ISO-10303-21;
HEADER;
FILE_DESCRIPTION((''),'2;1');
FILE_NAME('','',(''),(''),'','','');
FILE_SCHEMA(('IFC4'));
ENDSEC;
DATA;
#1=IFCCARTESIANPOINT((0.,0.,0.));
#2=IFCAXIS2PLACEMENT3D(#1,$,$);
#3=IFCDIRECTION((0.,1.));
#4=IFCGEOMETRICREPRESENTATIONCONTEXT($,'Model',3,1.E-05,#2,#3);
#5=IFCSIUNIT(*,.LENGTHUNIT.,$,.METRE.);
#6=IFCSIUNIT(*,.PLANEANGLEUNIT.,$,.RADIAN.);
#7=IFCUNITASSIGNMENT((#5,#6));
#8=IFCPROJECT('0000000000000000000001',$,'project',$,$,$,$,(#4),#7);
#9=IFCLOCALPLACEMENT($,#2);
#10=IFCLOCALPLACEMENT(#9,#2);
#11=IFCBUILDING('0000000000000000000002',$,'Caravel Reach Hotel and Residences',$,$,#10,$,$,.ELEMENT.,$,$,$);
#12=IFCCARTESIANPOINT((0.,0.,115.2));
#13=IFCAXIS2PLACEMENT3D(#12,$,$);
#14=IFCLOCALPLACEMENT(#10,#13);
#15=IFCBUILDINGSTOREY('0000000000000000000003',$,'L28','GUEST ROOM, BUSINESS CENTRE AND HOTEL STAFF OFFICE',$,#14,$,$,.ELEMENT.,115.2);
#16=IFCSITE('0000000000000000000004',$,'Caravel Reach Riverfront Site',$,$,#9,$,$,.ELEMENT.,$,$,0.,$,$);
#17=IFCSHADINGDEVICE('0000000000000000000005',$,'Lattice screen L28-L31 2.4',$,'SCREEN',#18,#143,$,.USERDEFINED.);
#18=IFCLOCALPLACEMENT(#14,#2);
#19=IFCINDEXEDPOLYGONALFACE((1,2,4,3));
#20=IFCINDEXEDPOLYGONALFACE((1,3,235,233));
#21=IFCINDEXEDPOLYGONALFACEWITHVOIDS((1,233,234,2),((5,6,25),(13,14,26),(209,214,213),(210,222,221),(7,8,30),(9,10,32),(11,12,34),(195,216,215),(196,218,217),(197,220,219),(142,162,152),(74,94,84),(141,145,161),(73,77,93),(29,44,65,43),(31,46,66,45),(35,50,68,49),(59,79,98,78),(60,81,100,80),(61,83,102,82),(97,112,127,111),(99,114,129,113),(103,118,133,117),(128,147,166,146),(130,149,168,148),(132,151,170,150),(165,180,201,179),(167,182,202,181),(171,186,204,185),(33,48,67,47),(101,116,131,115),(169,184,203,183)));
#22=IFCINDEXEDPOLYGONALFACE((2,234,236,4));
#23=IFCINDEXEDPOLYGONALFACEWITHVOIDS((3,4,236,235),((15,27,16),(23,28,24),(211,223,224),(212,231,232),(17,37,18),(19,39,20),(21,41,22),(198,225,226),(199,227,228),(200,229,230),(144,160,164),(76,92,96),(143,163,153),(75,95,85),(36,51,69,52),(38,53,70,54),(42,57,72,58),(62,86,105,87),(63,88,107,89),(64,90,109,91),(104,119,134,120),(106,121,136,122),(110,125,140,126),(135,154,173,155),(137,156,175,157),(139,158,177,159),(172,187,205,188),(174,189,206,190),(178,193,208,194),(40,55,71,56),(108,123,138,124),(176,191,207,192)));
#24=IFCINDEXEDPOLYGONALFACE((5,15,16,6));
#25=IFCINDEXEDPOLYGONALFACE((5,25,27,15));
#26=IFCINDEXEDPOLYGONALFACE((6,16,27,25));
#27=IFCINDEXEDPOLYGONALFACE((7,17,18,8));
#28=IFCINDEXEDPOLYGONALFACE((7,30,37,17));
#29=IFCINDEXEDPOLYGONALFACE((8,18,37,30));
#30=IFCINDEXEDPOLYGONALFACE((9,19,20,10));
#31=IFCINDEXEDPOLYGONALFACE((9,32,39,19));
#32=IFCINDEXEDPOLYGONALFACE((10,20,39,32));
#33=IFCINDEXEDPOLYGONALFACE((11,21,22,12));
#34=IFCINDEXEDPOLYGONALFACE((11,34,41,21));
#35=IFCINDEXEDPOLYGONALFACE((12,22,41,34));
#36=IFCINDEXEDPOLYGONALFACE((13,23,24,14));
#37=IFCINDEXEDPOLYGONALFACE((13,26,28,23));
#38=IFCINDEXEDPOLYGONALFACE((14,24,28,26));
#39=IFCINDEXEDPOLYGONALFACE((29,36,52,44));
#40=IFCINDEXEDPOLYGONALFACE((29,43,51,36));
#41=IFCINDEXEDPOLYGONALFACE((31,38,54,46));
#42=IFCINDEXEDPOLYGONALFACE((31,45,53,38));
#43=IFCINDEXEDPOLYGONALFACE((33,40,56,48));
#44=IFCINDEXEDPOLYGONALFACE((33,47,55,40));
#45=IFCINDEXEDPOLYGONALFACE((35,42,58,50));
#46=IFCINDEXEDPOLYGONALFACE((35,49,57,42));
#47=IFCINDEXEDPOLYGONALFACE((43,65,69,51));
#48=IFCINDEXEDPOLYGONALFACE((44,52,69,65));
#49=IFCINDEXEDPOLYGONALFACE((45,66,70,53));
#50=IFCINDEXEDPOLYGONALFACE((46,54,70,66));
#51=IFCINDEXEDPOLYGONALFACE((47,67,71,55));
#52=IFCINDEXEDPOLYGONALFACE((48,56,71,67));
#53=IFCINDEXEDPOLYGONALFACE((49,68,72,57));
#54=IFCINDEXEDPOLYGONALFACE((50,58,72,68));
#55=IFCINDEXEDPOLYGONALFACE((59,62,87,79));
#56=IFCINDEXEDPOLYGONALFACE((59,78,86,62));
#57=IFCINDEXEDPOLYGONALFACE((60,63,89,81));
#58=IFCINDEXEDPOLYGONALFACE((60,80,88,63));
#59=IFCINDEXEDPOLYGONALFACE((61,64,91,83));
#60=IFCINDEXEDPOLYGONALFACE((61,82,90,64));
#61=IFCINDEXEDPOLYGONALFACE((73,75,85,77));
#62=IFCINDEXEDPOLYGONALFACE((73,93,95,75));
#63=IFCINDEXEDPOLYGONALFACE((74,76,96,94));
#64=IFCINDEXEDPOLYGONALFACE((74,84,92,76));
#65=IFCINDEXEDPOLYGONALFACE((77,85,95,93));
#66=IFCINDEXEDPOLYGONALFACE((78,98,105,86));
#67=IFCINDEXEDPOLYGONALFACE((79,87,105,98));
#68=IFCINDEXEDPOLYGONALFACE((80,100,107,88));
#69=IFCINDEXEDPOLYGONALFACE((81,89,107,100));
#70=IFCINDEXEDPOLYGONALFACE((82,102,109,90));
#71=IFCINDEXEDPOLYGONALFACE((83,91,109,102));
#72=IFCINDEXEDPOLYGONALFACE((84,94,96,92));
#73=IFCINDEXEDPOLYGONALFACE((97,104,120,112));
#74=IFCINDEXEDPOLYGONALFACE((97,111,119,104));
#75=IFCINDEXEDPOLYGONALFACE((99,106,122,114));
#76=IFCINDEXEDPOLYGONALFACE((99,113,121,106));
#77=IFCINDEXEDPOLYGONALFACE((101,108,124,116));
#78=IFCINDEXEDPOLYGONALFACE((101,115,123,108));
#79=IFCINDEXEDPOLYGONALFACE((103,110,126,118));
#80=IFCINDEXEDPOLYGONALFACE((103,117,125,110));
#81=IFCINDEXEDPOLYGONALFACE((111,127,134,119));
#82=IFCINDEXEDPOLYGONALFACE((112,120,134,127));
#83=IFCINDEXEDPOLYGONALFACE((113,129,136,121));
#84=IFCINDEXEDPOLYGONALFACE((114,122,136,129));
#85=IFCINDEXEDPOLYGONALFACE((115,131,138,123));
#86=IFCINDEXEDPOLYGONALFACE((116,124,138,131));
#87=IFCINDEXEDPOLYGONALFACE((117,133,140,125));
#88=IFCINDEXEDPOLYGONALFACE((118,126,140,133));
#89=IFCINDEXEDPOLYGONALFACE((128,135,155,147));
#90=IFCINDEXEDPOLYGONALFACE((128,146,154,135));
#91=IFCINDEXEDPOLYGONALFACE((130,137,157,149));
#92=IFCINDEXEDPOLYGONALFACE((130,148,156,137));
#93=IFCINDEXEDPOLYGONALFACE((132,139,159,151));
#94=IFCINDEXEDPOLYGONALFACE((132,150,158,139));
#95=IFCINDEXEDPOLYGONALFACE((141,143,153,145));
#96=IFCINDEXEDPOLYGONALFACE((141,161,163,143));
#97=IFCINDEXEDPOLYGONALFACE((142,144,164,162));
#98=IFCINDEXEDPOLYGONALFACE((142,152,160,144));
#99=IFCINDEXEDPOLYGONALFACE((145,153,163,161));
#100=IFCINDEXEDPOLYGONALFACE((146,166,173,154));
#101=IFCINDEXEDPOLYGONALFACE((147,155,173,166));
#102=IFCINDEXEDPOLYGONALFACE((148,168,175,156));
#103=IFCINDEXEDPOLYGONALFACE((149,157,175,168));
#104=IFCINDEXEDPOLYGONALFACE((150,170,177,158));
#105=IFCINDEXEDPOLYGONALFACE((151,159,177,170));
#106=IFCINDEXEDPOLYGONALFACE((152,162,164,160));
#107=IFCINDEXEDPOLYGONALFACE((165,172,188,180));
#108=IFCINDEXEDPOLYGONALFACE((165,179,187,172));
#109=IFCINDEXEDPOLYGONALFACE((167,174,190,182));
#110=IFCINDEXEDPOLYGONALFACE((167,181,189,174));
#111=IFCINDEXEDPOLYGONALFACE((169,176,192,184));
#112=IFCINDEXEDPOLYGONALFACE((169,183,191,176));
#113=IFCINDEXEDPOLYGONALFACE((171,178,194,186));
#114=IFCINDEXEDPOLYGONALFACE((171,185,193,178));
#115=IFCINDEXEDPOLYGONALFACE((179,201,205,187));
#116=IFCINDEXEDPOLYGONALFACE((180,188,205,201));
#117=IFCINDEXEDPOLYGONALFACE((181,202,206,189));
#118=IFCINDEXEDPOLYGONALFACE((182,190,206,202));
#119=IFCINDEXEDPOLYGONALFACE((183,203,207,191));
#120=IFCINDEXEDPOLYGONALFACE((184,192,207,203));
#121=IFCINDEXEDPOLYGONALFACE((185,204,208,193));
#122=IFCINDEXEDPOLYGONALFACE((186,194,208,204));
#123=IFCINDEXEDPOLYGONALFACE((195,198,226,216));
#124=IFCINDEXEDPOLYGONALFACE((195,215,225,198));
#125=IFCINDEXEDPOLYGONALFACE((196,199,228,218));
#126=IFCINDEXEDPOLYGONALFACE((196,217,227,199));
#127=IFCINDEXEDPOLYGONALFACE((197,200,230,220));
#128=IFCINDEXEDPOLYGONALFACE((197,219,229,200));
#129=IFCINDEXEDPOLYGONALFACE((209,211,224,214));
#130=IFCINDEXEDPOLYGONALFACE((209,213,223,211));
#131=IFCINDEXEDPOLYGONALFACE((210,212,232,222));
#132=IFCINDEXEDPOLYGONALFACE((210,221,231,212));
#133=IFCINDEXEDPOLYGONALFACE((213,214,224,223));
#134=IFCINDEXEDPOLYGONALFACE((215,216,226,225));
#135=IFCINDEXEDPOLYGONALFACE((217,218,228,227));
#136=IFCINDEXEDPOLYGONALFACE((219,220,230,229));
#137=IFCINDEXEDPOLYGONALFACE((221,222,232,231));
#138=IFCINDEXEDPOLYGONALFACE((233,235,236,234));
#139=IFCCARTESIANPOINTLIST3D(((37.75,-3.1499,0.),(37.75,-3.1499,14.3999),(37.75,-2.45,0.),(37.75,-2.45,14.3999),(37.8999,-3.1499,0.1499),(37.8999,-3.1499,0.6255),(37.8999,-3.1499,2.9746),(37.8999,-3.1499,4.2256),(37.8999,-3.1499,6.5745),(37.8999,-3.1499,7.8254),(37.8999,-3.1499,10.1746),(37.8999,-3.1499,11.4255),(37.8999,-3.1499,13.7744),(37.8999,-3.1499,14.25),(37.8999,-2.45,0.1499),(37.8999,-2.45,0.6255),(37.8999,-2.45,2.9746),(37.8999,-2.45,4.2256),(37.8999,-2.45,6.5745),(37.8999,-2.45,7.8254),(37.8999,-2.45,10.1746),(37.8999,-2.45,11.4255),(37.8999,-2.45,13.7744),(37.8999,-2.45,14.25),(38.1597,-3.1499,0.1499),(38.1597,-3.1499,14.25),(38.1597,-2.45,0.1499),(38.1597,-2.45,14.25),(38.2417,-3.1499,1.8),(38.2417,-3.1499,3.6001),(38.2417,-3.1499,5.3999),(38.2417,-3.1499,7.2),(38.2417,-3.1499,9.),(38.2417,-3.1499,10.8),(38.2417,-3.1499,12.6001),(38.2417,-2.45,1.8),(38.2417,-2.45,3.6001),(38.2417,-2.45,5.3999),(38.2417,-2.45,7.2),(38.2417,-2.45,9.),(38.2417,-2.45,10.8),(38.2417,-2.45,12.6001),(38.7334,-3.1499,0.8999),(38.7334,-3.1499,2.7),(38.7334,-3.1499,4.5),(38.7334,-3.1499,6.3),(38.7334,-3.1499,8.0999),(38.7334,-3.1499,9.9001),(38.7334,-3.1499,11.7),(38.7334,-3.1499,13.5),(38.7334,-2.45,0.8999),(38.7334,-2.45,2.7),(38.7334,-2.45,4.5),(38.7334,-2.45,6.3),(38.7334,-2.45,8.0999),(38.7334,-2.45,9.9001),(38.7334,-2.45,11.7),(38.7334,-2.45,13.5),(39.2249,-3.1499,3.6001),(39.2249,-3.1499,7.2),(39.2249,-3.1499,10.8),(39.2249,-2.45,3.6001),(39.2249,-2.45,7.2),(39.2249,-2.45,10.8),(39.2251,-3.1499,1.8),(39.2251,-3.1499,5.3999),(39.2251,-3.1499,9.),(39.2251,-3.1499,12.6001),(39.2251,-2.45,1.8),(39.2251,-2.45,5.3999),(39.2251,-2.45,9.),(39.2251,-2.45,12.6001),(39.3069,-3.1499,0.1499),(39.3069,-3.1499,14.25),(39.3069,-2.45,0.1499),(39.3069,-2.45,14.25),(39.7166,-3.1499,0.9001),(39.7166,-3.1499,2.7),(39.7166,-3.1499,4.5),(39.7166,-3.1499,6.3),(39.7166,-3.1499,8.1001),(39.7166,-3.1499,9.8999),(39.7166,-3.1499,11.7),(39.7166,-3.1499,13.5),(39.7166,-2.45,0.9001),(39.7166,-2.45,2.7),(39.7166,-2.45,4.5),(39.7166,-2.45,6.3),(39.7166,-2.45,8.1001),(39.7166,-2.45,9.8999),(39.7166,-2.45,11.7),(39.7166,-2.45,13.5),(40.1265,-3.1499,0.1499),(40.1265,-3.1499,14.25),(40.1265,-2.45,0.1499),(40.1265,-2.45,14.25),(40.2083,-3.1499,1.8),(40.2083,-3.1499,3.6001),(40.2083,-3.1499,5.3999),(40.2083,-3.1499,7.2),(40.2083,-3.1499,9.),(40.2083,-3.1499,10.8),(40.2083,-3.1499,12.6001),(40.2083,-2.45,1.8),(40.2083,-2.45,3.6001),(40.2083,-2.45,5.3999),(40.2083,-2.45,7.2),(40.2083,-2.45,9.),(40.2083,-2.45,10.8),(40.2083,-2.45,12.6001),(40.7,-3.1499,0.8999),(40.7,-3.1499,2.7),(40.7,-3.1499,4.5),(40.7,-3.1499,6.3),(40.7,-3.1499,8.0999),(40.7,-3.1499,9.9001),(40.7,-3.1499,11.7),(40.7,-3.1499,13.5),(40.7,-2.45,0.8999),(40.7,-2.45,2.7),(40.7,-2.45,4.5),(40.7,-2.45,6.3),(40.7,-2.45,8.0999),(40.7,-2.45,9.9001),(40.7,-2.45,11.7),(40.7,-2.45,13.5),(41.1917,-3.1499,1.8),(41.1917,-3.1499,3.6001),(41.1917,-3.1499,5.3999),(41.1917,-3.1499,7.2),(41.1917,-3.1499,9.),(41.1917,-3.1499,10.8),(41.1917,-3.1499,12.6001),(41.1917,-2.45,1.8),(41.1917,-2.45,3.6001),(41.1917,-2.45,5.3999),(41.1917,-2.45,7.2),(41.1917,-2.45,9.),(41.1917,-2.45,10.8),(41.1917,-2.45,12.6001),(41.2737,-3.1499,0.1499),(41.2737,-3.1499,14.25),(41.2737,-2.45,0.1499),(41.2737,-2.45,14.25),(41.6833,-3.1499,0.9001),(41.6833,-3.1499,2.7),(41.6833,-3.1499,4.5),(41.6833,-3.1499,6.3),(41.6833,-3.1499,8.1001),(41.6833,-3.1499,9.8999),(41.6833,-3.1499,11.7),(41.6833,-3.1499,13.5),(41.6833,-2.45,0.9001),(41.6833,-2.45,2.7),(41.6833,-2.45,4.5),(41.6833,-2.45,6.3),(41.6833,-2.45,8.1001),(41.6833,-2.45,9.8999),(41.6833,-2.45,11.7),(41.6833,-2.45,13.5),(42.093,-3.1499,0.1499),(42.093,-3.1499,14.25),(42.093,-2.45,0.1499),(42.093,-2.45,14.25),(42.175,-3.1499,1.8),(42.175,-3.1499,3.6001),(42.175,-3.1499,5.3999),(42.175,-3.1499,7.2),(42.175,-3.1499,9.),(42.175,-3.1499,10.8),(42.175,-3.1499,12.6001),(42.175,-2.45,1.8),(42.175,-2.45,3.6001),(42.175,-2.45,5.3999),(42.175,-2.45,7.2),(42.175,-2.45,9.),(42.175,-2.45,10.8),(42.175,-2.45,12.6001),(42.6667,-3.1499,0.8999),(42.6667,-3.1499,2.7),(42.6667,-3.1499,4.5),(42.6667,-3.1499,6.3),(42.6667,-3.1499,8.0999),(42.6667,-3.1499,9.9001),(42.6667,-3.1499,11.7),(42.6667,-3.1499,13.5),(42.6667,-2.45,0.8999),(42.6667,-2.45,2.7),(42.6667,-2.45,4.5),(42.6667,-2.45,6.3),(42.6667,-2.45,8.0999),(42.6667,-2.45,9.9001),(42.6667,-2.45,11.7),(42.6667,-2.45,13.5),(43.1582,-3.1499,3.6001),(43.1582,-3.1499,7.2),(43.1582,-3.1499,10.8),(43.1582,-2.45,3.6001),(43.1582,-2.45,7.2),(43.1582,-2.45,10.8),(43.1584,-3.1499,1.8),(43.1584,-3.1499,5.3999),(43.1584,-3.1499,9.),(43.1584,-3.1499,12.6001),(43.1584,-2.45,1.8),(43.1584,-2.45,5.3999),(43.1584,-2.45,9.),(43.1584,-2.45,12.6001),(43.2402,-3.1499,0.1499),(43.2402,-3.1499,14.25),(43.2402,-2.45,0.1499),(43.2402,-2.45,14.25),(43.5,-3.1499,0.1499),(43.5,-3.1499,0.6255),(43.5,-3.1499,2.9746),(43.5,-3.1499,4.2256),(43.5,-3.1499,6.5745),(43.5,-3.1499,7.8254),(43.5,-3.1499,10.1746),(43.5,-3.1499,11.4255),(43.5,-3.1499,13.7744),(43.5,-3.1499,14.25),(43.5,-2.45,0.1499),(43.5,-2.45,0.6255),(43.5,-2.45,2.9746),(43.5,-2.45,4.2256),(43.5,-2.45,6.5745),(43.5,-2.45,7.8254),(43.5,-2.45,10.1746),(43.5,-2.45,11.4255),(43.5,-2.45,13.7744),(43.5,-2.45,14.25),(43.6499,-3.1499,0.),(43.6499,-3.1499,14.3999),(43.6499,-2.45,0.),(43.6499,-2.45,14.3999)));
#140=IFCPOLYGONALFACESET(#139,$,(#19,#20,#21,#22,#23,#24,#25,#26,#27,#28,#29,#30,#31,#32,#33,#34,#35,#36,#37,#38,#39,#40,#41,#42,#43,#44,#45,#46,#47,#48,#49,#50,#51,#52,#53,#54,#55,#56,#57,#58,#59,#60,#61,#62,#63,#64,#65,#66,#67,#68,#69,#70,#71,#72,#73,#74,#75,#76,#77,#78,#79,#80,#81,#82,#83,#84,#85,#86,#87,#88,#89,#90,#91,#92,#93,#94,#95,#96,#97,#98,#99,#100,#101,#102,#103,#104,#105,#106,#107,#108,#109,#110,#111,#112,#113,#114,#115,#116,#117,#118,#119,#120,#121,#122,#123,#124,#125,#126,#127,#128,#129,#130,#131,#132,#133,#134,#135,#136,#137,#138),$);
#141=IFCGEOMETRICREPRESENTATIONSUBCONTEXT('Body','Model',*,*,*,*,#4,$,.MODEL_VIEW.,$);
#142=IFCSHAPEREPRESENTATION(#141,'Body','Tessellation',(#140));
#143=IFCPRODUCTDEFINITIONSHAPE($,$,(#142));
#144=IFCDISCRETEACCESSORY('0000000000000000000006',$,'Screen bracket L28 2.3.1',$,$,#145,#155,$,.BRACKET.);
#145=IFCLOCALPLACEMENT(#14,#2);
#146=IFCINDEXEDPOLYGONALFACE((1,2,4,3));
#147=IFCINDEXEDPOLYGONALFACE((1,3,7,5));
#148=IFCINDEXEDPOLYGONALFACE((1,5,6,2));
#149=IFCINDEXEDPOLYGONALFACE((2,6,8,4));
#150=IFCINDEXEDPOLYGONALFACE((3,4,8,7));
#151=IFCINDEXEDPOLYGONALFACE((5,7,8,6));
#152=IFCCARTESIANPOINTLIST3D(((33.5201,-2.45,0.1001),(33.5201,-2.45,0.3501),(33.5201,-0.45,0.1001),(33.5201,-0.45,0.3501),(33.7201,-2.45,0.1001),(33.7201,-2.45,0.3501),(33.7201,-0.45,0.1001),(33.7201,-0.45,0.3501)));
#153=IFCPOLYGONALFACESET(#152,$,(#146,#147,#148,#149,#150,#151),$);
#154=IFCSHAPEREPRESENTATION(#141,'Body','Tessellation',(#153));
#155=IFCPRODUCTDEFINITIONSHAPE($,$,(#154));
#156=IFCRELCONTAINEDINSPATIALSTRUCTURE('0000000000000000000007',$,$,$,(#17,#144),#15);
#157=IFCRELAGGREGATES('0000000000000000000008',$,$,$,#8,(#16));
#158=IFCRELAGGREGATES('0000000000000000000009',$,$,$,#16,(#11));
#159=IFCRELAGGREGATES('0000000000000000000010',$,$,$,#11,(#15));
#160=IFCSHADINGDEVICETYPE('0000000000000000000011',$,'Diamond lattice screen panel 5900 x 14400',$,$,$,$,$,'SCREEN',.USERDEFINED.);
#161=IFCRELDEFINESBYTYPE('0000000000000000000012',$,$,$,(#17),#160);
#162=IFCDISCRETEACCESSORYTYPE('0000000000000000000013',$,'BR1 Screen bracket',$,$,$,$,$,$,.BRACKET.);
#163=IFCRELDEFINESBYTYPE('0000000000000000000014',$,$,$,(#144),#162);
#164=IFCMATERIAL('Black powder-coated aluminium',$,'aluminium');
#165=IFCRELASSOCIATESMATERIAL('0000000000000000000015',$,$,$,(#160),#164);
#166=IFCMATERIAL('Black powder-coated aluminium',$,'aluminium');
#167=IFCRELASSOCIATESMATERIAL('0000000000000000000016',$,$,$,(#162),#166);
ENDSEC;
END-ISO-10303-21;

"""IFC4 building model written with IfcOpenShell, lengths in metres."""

from ifc_helpers import new_model, si_unit, direction, frame, origin, origin_2d, place, context, subcontext, project, spatial, polyline, rectangle, outline, extrude, material, type_object, element, save


model = new_model("IFC4")

# Units and contexts
model_context = context("Model", 3, precision=1e-05, world=origin(), true_north=direction((0.0, 1.0)))
body_context = subcontext(model_context, "Body", "Model", "MODEL_VIEW")
ifc_project = project(units=[si_unit("LENGTHUNIT", "METRE"), si_unit("PLANEANGLEUNIT", "RADIAN")], contexts=[model_context])

# Site, building, storey
site_placement = place(None, origin())
site = spatial("IfcSite", under=ifc_project, at=site_placement, Name="Caravel Reach Riverfront Site", CompositionType="ELEMENT", RefElevation=0.0)
building_placement = place(site_placement, origin())
building = spatial("IfcBuilding", under=site, at=building_placement, Name="Caravel Reach Hotel and Residences", CompositionType="ELEMENT")
storey_placement = place(building_placement, frame((0.0, 0.0, 115.2)))
storey = spatial("IfcBuildingStorey", under=building, at=storey_placement, Name="L28", Description="GUEST ROOM, BUSINESS CENTRE AND HOTEL STAFF OFFICE", CompositionType="ELEMENT", Elevation=115.2)

# Shading device
ifc_material_1 = material(Name="Black powder-coated aluminium", Category="aluminium")
shading_device_type = type_object("IfcShadingDeviceType", Name="Diamond lattice screen panel 5900 x 14400", ElementType="SCREEN", PredefinedType="USERDEFINED", material=ifc_material_1)
shading_device_1_placement = place(storey_placement, frame((37.75, -2.45, 0.0), z_axis=(0.0, -1.0, 0.0), x_axis=(1.0, 0.0, 0.0)))
element("IfcShadingDevice", 1, at=shading_device_1_placement, inside=storey, type_object=shading_device_type, Name="Lattice screen L28-L31 2.4", ObjectType="SCREEN", PredefinedType="USERDEFINED", context=body_context, shape_type="SweptSolid", body=[
    extrude(outline(polyline([(0.0, 0.0), (5.8999, 0.0), (5.8999, 14.3999), (0.0, 14.3999), (0.0, 0.0)]), holes=[polyline([(0.4097, 0.1499), (0.1499, 0.6255), (0.1499, 0.1499), (0.4097, 0.1499)]), polyline([(0.4917, 3.6001), (0.1499, 4.2256), (0.1499, 2.9746), (0.4917, 3.6001)]), polyline([(0.4917, 7.2), (0.1499, 7.8254), (0.1499, 6.5745), (0.4917, 7.2)]), polyline([(0.4917, 10.8), (0.1499, 11.4255), (0.1499, 10.1746), (0.4917, 10.8)]), polyline([(0.1499, 13.7744), (0.4097, 14.25), (0.1499, 14.25), (0.1499, 13.7744)]), polyline([(0.9834, 2.7), (0.4917, 1.8), (0.9834, 0.8999), (1.4751, 1.8), (0.9834, 2.7)]), polyline([(0.9834, 6.3), (0.4917, 5.3999), (0.9834, 4.5), (1.4751, 5.3999), (0.9834, 6.3)]), polyline([(0.9834, 9.9001), (0.4917, 9.0), (0.9834, 8.0999), (1.4751, 9.0), (0.9834, 9.9001)]), polyline([(0.9834, 13.5), (0.4917, 12.6001), (0.9834, 11.7), (1.4751, 12.6001), (0.9834, 13.5)]), polyline([(1.9666, 0.9001), (1.5569, 0.1499), (2.3765, 0.1499), (1.9666, 0.9001)]), polyline([(1.9666, 4.5), (1.4749, 3.6001), (1.9666, 2.7), (2.4583, 3.6001), (1.9666, 4.5)]), polyline([(1.9666, 8.1001), (1.4749, 7.2), (1.9666, 6.3), (2.4583, 7.2), (1.9666, 8.1001)]), polyline([(1.9666, 11.7), (1.4749, 10.8), (1.9666, 9.8999), (2.4583, 10.8), (1.9666, 11.7)]), polyline([(1.9666, 13.5), (2.3765, 14.25), (1.5569, 14.25), (1.9666, 13.5)]), polyline([(2.95, 2.7), (2.4583, 1.8), (2.95, 0.8999), (3.4417, 1.8), (2.95, 2.7)]), polyline([(2.95, 6.3), (2.4583, 5.3999), (2.95, 4.5), (3.4417, 5.3999), (2.95, 6.3)]), polyline([(2.95, 9.9001), (2.4583, 9.0), (2.95, 8.0999), (3.4417, 9.0), (2.95, 9.9001)]), polyline([(2.95, 13.5), (2.4583, 12.6001), (2.95, 11.7), (3.4417, 12.6001), (2.95, 13.5)]), polyline([(3.9333, 0.9001), (3.5237, 0.1499), (4.343, 0.1499), (3.9333, 0.9001)]), polyline([(3.9333, 4.5), (3.4417, 3.6001), (3.9333, 2.7), (4.425, 3.6001), (3.9333, 4.5)]), polyline([(3.9333, 8.1001), (3.4417, 7.2), (3.9333, 6.3), (4.425, 7.2), (3.9333, 8.1001)]), polyline([(3.9333, 11.7), (3.4417, 10.8), (3.9333, 9.8999), (4.425, 10.8), (3.9333, 11.7)]), polyline([(3.9333, 13.5), (4.343, 14.25), (3.5237, 14.25), (3.9333, 13.5)]), polyline([(4.9167, 2.7), (4.425, 1.8), (4.9167, 0.8999), (5.4084, 1.8), (4.9167, 2.7)]), polyline([(4.9167, 6.3), (4.425, 5.3999), (4.9167, 4.5), (5.4084, 5.3999), (4.9167, 6.3)]), polyline([(4.9167, 9.9001), (4.425, 9.0), (4.9167, 8.0999), (5.4084, 9.0), (4.9167, 9.9001)]), polyline([(4.9167, 13.5), (4.425, 12.6001), (4.9167, 11.7), (5.4084, 12.6001), (4.9167, 13.5)]), polyline([(5.75, 0.6255), (5.4902, 0.1499), (5.75, 0.1499), (5.75, 0.6255)]), polyline([(5.4082, 3.6001), (5.75, 2.9746), (5.75, 4.2256), (5.4082, 3.6001)]), polyline([(5.4082, 7.2), (5.75, 6.5745), (5.75, 7.8254), (5.4082, 7.2)]), polyline([(5.4082, 10.8), (5.75, 10.1746), (5.75, 11.4255), (5.4082, 10.8)]), polyline([(5.4902, 14.25), (5.75, 13.7744), (5.75, 14.25), (5.4902, 14.25)])]), origin(), (0.0, 0.0, 1.0), 0.7),
])

# Discrete accessory
ifc_material_2 = material(Name="Black powder-coated aluminium", Category="aluminium")
discrete_accessory_type = type_object("IfcDiscreteAccessoryType", Name="BR1 Screen bracket", PredefinedType="BRACKET", material=ifc_material_2)
discrete_accessory_placement = place(storey_placement, frame((33.6201, -1.45, 0.1001), z_axis=(0.0, 0.0, 1.0), x_axis=(0.0, -1.0, 0.0)))
element("IfcDiscreteAccessory", 2, at=discrete_accessory_placement, inside=storey, type_object=discrete_accessory_type, Name="Screen bracket L28 2.3.1", PredefinedType="BRACKET", context=body_context, shape_type="SweptSolid", body=[
    extrude(rectangle(XDim=2.0, YDim=0.2, at=origin_2d()), origin(), (0.0, 0.0, 1.0), 0.25),
])

save(model, "model.ifc")
